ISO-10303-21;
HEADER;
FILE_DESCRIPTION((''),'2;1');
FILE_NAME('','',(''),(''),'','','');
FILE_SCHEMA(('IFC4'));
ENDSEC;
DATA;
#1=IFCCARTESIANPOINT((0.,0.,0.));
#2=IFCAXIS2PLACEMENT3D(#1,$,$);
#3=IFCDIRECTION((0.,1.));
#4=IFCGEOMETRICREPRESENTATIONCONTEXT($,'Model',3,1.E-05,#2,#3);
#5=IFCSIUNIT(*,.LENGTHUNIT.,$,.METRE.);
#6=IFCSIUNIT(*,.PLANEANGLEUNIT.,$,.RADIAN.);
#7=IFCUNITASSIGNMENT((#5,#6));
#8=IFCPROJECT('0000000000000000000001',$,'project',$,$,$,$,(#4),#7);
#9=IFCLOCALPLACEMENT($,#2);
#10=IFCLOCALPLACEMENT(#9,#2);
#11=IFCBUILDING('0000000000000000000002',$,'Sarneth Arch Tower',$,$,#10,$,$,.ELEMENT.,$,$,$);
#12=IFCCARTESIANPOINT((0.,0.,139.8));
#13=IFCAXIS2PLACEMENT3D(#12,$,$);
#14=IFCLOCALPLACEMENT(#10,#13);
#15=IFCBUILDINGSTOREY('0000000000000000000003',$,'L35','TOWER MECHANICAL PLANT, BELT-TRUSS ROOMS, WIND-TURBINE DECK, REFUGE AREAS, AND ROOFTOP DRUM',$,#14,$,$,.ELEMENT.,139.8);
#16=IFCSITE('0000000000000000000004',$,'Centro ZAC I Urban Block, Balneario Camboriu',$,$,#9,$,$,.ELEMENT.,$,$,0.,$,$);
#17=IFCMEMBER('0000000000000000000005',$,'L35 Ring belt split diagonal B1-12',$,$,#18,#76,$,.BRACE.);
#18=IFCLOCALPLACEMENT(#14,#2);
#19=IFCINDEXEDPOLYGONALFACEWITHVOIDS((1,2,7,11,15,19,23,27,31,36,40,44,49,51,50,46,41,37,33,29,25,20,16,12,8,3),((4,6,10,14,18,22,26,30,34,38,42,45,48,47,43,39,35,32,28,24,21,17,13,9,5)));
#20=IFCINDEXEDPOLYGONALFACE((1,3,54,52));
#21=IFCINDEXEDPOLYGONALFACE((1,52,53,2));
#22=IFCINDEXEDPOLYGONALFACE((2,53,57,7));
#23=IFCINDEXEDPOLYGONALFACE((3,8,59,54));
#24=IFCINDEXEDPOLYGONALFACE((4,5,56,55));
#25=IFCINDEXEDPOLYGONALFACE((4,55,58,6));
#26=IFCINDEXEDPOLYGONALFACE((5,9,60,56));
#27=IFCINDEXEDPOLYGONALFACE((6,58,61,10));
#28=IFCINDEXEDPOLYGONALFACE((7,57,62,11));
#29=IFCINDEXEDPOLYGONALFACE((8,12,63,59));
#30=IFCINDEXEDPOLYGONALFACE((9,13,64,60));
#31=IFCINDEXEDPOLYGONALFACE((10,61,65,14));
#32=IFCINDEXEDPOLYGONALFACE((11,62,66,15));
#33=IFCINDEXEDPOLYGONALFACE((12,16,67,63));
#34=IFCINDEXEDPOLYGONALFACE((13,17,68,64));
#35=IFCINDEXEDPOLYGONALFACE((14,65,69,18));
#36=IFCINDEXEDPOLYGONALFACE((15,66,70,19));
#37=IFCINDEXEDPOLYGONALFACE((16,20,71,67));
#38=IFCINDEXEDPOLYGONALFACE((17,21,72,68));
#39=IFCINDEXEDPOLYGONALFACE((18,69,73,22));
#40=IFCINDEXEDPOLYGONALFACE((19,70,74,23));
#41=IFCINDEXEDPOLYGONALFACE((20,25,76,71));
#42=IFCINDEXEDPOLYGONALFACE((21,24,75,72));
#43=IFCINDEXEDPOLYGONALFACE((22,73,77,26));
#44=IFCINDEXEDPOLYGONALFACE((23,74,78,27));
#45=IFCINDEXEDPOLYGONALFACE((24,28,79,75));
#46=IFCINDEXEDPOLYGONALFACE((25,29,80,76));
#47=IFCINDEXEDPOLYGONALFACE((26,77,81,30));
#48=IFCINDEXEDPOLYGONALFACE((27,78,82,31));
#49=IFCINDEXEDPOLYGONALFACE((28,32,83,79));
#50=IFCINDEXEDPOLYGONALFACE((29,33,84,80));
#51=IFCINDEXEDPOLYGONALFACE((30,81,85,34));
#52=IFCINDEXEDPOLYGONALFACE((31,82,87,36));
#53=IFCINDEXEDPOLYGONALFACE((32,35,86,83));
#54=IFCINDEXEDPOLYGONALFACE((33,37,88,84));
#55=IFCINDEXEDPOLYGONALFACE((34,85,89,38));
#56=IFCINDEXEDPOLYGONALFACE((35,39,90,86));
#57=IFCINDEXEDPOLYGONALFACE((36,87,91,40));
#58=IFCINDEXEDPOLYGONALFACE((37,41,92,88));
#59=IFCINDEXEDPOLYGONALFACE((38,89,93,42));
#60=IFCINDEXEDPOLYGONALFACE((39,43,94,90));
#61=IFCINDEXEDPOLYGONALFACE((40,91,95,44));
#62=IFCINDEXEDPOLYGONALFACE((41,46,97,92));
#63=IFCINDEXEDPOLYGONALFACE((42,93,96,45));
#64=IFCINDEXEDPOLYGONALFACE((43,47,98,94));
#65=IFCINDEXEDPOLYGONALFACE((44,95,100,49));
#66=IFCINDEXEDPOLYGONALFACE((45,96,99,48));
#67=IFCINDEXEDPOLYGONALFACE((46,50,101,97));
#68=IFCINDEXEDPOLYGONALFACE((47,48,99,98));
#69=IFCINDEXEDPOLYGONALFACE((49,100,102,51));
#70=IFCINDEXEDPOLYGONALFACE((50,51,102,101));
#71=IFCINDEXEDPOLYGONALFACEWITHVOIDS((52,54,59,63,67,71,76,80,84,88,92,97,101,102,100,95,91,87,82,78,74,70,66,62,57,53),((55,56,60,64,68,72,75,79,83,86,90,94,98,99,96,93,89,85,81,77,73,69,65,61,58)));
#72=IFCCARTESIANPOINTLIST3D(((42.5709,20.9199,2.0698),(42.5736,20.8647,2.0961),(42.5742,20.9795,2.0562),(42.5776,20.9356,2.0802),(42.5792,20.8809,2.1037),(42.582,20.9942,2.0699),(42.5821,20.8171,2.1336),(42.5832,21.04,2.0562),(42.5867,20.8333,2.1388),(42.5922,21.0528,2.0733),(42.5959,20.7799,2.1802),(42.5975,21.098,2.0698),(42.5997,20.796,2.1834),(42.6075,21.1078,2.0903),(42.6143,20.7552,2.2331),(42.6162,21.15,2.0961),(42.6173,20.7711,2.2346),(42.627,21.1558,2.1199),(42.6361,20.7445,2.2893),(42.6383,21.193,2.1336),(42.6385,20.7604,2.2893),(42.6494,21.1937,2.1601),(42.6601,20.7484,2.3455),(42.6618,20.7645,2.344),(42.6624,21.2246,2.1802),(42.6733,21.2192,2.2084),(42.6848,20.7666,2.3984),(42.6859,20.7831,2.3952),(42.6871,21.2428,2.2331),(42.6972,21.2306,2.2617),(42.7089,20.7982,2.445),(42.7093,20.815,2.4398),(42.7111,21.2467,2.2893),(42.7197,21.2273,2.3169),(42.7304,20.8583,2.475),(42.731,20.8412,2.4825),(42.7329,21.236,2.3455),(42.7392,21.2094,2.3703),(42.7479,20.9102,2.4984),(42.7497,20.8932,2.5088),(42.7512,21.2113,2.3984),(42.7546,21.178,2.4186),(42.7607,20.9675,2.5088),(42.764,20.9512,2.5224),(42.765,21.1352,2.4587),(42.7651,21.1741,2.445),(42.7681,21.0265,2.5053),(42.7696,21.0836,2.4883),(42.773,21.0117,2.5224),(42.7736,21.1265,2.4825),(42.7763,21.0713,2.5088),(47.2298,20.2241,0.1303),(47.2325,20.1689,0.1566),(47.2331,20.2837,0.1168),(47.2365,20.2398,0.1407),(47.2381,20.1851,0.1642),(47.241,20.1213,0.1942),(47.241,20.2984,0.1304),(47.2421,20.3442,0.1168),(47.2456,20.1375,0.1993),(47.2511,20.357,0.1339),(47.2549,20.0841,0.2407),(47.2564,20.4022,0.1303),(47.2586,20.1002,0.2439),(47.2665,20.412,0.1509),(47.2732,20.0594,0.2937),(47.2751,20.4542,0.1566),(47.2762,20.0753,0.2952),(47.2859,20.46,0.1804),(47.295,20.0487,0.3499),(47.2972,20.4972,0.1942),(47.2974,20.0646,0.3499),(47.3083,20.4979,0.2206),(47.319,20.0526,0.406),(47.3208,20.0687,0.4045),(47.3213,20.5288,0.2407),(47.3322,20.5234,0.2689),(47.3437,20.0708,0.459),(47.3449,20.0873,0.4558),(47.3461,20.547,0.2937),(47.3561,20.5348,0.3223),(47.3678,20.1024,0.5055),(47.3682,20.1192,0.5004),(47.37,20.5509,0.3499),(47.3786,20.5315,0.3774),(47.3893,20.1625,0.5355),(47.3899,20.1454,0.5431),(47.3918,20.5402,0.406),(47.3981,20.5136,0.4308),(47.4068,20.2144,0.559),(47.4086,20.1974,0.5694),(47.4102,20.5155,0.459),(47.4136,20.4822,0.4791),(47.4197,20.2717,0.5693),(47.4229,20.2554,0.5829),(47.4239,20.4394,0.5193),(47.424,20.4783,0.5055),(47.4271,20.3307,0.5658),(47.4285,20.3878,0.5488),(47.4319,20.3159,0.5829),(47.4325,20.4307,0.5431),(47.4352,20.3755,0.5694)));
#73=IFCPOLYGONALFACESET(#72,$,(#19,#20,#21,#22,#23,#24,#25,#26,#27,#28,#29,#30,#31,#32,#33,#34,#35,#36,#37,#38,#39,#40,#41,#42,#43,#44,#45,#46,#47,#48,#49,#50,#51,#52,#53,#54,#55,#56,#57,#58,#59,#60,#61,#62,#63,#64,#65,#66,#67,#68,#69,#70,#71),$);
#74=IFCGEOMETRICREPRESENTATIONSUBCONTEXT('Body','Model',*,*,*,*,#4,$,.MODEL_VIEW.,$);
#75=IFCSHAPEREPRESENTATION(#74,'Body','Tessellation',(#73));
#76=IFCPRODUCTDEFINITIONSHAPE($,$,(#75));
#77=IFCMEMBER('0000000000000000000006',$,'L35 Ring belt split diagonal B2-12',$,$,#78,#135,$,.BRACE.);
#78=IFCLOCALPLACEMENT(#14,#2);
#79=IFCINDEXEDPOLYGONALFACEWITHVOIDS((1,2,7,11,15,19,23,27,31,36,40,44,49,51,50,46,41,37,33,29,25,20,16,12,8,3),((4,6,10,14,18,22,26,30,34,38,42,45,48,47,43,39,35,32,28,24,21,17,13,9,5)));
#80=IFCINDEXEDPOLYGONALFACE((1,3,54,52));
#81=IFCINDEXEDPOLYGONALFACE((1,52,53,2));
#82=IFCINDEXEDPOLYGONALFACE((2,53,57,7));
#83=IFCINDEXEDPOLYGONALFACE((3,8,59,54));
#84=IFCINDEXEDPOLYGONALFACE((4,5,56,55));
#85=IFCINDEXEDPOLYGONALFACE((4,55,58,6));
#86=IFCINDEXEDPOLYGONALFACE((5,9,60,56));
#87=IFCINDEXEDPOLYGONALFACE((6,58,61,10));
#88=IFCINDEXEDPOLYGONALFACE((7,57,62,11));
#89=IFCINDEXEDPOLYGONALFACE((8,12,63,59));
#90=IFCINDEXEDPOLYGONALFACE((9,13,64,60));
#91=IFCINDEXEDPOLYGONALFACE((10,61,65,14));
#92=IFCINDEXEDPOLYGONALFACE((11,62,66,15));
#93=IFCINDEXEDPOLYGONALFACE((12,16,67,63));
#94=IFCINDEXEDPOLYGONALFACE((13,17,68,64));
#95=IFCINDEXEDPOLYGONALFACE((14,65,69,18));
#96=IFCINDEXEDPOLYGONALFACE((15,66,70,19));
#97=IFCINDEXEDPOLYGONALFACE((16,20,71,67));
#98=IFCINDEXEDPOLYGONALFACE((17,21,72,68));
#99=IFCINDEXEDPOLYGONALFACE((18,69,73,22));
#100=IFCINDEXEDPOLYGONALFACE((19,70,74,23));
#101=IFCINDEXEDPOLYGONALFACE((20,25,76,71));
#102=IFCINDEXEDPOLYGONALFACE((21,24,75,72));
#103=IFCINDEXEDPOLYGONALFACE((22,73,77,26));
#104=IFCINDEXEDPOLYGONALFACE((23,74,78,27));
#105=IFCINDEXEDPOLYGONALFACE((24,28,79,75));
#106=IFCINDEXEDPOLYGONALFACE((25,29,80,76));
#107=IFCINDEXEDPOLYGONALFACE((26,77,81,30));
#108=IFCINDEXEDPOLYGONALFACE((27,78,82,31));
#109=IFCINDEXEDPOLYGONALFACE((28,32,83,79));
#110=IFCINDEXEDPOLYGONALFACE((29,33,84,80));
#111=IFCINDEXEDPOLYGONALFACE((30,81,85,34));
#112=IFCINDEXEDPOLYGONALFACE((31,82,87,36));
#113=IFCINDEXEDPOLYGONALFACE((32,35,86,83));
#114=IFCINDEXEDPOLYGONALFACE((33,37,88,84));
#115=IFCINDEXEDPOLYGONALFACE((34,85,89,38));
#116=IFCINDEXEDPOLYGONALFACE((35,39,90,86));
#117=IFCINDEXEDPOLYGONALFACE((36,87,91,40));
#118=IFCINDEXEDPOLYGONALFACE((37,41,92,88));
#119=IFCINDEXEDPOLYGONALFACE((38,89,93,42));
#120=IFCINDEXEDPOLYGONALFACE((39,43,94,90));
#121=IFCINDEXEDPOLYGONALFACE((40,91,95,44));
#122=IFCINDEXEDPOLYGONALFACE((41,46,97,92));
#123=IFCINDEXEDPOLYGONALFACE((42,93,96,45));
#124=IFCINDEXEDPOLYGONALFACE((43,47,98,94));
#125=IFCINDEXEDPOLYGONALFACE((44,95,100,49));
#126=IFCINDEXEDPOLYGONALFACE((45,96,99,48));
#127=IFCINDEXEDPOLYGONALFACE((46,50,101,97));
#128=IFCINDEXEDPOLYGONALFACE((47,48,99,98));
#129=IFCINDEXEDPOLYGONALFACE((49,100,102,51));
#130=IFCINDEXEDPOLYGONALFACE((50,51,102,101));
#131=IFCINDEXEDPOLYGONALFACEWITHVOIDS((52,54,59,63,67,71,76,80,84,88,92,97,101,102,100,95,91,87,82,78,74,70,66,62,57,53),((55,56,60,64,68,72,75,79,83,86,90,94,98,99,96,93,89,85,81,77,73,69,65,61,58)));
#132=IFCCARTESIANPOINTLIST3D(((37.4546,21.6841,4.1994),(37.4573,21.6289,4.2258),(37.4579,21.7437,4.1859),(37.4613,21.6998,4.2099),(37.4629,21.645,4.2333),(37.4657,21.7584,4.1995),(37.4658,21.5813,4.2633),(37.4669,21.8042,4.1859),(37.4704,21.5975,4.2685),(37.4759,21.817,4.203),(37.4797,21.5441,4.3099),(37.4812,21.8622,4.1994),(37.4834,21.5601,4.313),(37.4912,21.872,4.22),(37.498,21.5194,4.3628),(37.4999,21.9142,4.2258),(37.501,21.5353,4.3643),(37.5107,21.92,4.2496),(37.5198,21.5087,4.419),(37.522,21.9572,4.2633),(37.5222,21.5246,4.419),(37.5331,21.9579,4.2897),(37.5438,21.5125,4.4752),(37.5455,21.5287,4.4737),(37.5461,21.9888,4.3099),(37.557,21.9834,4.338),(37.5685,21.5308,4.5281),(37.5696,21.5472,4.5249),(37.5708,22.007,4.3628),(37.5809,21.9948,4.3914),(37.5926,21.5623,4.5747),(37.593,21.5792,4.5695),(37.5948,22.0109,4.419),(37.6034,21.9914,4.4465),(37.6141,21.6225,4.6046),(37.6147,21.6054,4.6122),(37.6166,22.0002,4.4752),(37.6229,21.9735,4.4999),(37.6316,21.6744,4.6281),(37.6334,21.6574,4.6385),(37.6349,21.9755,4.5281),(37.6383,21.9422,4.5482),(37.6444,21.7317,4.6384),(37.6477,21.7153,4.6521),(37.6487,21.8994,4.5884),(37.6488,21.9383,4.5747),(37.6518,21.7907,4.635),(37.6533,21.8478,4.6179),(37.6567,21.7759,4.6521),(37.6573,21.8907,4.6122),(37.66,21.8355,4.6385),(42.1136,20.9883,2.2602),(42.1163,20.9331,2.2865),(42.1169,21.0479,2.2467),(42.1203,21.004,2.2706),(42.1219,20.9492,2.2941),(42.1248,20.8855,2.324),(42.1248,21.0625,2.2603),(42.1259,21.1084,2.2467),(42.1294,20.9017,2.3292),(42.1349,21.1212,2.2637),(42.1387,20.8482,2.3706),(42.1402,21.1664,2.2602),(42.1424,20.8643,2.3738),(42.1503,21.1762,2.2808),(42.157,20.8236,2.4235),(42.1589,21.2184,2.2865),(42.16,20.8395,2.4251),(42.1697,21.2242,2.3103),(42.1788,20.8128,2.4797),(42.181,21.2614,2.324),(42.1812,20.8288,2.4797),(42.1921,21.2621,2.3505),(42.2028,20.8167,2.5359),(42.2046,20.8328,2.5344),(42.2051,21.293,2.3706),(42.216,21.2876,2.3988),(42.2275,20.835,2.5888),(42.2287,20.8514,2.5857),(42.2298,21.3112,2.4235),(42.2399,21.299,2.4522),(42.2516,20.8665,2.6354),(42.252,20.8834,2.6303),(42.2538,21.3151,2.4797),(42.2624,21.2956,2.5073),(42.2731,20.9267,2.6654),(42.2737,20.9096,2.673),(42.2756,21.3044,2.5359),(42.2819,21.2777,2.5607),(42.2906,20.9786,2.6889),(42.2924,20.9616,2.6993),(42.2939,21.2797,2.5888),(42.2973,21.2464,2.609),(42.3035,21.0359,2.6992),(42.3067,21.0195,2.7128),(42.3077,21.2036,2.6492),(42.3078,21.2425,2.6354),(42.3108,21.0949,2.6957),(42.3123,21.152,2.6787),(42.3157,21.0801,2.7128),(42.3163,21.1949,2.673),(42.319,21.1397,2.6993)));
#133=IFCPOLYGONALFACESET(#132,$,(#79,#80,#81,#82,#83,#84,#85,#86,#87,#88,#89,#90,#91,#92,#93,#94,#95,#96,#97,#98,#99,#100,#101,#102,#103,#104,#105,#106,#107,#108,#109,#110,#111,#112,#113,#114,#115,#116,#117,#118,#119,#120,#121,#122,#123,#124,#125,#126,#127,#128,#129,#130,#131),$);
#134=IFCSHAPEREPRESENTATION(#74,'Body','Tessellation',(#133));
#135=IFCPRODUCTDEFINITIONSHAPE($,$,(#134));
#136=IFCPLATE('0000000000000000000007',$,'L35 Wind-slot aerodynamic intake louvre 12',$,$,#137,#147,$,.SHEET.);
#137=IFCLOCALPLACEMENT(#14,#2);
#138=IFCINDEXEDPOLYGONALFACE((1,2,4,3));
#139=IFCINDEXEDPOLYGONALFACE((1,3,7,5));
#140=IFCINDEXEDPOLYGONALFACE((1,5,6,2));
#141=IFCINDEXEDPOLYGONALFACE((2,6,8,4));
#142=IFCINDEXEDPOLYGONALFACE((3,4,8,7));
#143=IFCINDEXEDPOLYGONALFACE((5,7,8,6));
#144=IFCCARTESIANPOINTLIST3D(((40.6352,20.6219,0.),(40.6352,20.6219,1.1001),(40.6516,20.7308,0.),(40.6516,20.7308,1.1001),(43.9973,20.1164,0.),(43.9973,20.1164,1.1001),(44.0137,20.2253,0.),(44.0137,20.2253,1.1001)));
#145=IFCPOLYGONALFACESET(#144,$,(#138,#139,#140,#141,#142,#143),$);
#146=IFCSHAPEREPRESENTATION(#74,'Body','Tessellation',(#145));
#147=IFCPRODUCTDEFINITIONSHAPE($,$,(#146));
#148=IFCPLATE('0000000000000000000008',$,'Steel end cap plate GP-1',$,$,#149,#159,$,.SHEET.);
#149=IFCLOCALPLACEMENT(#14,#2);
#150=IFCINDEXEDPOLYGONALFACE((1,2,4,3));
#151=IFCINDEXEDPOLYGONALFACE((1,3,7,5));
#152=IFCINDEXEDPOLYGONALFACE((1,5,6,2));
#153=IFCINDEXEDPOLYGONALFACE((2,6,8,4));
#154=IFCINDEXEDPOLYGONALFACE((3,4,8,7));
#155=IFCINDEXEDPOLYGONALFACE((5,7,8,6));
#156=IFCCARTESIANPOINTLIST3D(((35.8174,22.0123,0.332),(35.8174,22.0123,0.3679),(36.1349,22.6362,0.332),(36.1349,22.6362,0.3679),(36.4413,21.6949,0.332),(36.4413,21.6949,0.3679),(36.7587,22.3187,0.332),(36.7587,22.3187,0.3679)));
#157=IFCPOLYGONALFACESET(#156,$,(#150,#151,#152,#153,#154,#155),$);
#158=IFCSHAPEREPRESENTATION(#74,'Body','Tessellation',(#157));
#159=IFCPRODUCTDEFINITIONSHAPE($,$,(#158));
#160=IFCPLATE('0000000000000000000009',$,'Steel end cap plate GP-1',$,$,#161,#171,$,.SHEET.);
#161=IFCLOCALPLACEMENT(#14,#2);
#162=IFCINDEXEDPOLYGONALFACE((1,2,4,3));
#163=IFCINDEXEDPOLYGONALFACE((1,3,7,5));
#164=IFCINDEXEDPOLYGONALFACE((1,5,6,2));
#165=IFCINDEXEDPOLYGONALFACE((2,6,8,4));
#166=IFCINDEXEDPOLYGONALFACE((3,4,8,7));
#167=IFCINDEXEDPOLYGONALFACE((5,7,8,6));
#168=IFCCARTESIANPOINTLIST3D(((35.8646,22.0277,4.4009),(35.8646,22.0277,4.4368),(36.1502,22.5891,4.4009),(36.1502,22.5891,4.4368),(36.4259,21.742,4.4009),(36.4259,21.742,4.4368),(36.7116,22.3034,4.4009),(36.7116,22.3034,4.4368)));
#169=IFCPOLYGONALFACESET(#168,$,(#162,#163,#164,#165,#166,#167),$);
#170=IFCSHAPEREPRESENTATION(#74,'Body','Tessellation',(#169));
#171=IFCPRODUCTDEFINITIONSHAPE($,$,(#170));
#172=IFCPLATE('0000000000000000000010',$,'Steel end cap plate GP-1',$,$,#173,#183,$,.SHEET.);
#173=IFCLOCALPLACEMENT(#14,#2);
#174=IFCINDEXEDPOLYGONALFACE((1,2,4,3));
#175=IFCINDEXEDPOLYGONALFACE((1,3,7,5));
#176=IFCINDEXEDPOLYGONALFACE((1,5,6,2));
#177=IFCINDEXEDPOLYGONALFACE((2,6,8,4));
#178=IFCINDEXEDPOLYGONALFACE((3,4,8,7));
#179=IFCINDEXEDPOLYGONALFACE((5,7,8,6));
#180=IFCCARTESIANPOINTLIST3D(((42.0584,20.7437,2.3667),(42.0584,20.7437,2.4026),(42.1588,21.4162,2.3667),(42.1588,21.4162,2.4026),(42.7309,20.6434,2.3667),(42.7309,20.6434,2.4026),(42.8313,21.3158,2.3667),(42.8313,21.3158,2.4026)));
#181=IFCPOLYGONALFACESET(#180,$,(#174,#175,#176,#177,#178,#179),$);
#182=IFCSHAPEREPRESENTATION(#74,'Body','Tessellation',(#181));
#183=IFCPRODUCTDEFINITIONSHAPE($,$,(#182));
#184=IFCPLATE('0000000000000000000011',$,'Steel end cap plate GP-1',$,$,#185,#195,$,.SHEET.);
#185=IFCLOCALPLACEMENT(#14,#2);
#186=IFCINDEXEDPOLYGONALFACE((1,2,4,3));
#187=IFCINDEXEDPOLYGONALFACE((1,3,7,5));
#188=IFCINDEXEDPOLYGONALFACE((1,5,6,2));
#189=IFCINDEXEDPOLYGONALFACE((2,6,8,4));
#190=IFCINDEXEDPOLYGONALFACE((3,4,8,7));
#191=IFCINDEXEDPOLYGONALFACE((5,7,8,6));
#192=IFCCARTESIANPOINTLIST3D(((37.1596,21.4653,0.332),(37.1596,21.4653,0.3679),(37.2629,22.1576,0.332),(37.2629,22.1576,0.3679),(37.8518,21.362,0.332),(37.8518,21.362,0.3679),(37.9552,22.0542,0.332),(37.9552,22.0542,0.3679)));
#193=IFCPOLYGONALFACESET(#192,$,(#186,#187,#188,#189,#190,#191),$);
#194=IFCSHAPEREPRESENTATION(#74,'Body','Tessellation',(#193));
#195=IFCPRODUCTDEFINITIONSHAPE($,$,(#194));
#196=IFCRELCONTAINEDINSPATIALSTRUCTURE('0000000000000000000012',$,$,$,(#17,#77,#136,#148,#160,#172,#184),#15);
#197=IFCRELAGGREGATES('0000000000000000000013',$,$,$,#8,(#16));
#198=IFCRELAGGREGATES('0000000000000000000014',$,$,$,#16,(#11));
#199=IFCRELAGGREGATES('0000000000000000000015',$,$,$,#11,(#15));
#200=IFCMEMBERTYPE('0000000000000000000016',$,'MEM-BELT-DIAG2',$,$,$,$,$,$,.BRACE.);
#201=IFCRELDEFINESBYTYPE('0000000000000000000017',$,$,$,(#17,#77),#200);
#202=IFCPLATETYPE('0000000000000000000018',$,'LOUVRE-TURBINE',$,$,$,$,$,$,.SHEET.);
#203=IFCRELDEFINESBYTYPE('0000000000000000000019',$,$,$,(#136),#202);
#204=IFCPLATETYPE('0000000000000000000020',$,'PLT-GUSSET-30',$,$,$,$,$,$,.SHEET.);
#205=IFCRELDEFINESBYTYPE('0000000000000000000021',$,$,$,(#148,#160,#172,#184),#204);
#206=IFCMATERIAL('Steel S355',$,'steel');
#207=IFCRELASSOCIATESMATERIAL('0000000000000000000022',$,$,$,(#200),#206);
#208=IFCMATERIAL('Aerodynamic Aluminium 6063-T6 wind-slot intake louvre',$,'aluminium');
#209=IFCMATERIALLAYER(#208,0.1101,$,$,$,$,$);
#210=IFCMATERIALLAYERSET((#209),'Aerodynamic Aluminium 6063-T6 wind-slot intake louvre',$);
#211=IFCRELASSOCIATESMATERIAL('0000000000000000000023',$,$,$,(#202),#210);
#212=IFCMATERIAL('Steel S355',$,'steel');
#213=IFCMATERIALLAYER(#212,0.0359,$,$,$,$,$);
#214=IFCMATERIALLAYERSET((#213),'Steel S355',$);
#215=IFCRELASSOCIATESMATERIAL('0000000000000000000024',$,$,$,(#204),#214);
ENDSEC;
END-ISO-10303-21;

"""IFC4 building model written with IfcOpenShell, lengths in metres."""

from ifc_helpers import new_model, si_unit, direction, frame, origin, origin_2d, place, context, subcontext, project, spatial, rectangle, hollow_circle, extrude, material, layer, layer_set, material_profile, profile_set, type_object, element, save


model = new_model("IFC4")

# Units and contexts
model_context = context("Model", 3, precision=1e-05, world=origin(), true_north=direction((0.0, 1.0)))
body_context = subcontext(model_context, "Body", "Model", "MODEL_VIEW")
ifc_project = project(units=[si_unit("LENGTHUNIT", "METRE"), si_unit("PLANEANGLEUNIT", "RADIAN")], contexts=[model_context])

# Site, building, storey
site_placement = place(None, origin())
site = spatial("IfcSite", under=ifc_project, at=site_placement, Name="Centro ZAC I Urban Block, Balneario Camboriu", CompositionType="ELEMENT", RefElevation=0.0)
building_placement = place(site_placement, origin())
building = spatial("IfcBuilding", under=site, at=building_placement, Name="Sarneth Arch Tower", CompositionType="ELEMENT")
storey_placement = place(building_placement, frame((0.0, 0.0, 139.8)))
storey = spatial("IfcBuildingStorey", under=building, at=storey_placement, Name="L35", Description="TOWER MECHANICAL PLANT, BELT-TRUSS ROOMS, WIND-TURBINE DECK, REFUGE AREAS, AND ROOFTOP DRUM", CompositionType="ELEMENT", Elevation=139.8)

# Members
ifc_material_1 = material(Name="Steel S355", Category="steel")
ifc_material_profile_1 = material_profile(ifc_material_1, hollow_circle(Radius=0.2539, WallThickness=0.0161, at=origin_2d()), Name="CHS508x16")
ifc_profile_set_1 = profile_set([ifc_material_profile_1], Name="Steel S355")
member_type_1 = type_object("IfcMemberType", Name="MEM-BELT-DIAG2", PredefinedType="BRACE", material=ifc_profile_set_1)
for number, where, z_axis, x_axis, name in (
    (1, (47.3325, 20.2998, 0.3499), (-0.914549, 0.136586, 0.380715), (-0.147709, -0.989031, 0.0), "L35 Ring belt split diagonal B1-12"),
    (2, (42.2163, 21.064, 2.4797), (-0.914566, 0.136588, 0.380674), (-0.147709, -0.989031, 0.0), "L35 Ring belt split diagonal B2-12"),
):
    element("IfcMember", number, at=place(storey_placement, frame(where, z_axis=z_axis, x_axis=x_axis)), inside=storey, type_object=member_type_1, Name=name, PredefinedType="BRACE", context=body_context, shape_type="SweptSolid", body=[
        extrude(hollow_circle(Radius=0.2539, WallThickness=0.0161, at=origin_2d()), origin(), (0.0, 0.0, 1.0), 5.0942),
    ])

# Plates
ifc_material_2 = material(Name="Aerodynamic Aluminium 6063-T6 wind-slot intake louvre", Category="aluminium")
ifc_layer_1 = layer(ifc_material_2, 0.1101)
ifc_layer_set_1 = layer_set([ifc_layer_1], Name="Aerodynamic Aluminium 6063-T6 wind-slot intake louvre")
plate_type_1 = type_object("IfcPlateType", Name="LOUVRE-TURBINE", PredefinedType="SHEET", material=ifc_layer_set_1)
plate_1_placement = place(storey_placement, frame((42.3245, 20.4236, 0.0), z_axis=(0.0, 0.0, 1.0), x_axis=(0.988886, -0.148672, 0.0)))
element("IfcPlate", 3, at=plate_1_placement, inside=storey, type_object=plate_type_1, Name="L35 Wind-slot aerodynamic intake louvre 12", PredefinedType="SHEET", context=body_context, shape_type="SweptSolid", body=[
    extrude(rectangle(XDim=3.3999, YDim=0.1101, at=origin_2d()), origin(), (0.0, 0.0, 1.0), 1.1001),
])
ifc_material_3 = material(Name="Steel S355", Category="steel")
ifc_layer_2 = layer(ifc_material_3, 0.0359)
ifc_layer_set_2 = layer_set([ifc_layer_2], Name="Steel S355")
plate_type_2 = type_object("IfcPlateType", Name="PLT-GUSSET-30", PredefinedType="SHEET", material=ifc_layer_set_2)
plate_2_placement = place(storey_placement, frame((36.2881, 22.1655, 0.332), z_axis=(0.0, 0.0, 1.0), x_axis=(0.891244, -0.453524, 0.0)))
element("IfcPlate", 4, at=plate_2_placement, inside=storey, type_object=plate_type_2, Name="Steel end cap plate GP-1", PredefinedType="SHEET", context=body_context, shape_type="SweptSolid", body=[
    extrude(rectangle(XDim=0.7, YDim=0.7, at=origin_2d()), origin(), (0.0, 0.0, 1.0), 0.0359),
])
plate_3_placement = place(storey_placement, frame((36.2881, 22.1655, 4.4009), z_axis=(0.0, 0.0, 1.0), x_axis=(0.891244, -0.453524, 0.0)))
element("IfcPlate", 5, at=plate_3_placement, inside=storey, type_object=plate_type_2, Name="Steel end cap plate GP-1", PredefinedType="SHEET", context=body_context, shape_type="SweptSolid", body=[
    extrude(rectangle(XDim=0.6299, YDim=0.6299, at=origin_2d()), origin(), (0.0, 0.0, 1.0), 0.0359),
])
plate_4_placement = place(storey_placement, frame((42.4448, 21.0298, 2.3667), z_axis=(0.0, 0.0, 1.0), x_axis=(0.989042, -0.147637, 0.0)))
element("IfcPlate", 6, at=plate_4_placement, inside=storey, type_object=plate_type_2, Name="Steel end cap plate GP-1", PredefinedType="SHEET", context=body_context, shape_type="SweptSolid", body=[
    extrude(rectangle(XDim=0.6799, YDim=0.6799, at=origin_2d()), origin(), (0.0, 0.0, 1.0), 0.0359),
])
for number, where, z_axis, x_axis, name in (
    (7, (37.5574, 21.7598, 0.332), (0.0, 0.0, 1.0), (-0.989042, 0.147637, 0.0), "Steel end cap plate GP-1"),
):
    element("IfcPlate", number, at=place(storey_placement, frame(where, z_axis=z_axis, x_axis=x_axis)), inside=storey, type_object=plate_type_2, Name=name, PredefinedType="SHEET", context=body_context, shape_type="SweptSolid", body=[
        extrude(rectangle(XDim=0.7, YDim=0.7, at=origin_2d()), origin(), (0.0, 0.0, 1.0), 0.0359),
    ])

save(model, "model.ifc")
